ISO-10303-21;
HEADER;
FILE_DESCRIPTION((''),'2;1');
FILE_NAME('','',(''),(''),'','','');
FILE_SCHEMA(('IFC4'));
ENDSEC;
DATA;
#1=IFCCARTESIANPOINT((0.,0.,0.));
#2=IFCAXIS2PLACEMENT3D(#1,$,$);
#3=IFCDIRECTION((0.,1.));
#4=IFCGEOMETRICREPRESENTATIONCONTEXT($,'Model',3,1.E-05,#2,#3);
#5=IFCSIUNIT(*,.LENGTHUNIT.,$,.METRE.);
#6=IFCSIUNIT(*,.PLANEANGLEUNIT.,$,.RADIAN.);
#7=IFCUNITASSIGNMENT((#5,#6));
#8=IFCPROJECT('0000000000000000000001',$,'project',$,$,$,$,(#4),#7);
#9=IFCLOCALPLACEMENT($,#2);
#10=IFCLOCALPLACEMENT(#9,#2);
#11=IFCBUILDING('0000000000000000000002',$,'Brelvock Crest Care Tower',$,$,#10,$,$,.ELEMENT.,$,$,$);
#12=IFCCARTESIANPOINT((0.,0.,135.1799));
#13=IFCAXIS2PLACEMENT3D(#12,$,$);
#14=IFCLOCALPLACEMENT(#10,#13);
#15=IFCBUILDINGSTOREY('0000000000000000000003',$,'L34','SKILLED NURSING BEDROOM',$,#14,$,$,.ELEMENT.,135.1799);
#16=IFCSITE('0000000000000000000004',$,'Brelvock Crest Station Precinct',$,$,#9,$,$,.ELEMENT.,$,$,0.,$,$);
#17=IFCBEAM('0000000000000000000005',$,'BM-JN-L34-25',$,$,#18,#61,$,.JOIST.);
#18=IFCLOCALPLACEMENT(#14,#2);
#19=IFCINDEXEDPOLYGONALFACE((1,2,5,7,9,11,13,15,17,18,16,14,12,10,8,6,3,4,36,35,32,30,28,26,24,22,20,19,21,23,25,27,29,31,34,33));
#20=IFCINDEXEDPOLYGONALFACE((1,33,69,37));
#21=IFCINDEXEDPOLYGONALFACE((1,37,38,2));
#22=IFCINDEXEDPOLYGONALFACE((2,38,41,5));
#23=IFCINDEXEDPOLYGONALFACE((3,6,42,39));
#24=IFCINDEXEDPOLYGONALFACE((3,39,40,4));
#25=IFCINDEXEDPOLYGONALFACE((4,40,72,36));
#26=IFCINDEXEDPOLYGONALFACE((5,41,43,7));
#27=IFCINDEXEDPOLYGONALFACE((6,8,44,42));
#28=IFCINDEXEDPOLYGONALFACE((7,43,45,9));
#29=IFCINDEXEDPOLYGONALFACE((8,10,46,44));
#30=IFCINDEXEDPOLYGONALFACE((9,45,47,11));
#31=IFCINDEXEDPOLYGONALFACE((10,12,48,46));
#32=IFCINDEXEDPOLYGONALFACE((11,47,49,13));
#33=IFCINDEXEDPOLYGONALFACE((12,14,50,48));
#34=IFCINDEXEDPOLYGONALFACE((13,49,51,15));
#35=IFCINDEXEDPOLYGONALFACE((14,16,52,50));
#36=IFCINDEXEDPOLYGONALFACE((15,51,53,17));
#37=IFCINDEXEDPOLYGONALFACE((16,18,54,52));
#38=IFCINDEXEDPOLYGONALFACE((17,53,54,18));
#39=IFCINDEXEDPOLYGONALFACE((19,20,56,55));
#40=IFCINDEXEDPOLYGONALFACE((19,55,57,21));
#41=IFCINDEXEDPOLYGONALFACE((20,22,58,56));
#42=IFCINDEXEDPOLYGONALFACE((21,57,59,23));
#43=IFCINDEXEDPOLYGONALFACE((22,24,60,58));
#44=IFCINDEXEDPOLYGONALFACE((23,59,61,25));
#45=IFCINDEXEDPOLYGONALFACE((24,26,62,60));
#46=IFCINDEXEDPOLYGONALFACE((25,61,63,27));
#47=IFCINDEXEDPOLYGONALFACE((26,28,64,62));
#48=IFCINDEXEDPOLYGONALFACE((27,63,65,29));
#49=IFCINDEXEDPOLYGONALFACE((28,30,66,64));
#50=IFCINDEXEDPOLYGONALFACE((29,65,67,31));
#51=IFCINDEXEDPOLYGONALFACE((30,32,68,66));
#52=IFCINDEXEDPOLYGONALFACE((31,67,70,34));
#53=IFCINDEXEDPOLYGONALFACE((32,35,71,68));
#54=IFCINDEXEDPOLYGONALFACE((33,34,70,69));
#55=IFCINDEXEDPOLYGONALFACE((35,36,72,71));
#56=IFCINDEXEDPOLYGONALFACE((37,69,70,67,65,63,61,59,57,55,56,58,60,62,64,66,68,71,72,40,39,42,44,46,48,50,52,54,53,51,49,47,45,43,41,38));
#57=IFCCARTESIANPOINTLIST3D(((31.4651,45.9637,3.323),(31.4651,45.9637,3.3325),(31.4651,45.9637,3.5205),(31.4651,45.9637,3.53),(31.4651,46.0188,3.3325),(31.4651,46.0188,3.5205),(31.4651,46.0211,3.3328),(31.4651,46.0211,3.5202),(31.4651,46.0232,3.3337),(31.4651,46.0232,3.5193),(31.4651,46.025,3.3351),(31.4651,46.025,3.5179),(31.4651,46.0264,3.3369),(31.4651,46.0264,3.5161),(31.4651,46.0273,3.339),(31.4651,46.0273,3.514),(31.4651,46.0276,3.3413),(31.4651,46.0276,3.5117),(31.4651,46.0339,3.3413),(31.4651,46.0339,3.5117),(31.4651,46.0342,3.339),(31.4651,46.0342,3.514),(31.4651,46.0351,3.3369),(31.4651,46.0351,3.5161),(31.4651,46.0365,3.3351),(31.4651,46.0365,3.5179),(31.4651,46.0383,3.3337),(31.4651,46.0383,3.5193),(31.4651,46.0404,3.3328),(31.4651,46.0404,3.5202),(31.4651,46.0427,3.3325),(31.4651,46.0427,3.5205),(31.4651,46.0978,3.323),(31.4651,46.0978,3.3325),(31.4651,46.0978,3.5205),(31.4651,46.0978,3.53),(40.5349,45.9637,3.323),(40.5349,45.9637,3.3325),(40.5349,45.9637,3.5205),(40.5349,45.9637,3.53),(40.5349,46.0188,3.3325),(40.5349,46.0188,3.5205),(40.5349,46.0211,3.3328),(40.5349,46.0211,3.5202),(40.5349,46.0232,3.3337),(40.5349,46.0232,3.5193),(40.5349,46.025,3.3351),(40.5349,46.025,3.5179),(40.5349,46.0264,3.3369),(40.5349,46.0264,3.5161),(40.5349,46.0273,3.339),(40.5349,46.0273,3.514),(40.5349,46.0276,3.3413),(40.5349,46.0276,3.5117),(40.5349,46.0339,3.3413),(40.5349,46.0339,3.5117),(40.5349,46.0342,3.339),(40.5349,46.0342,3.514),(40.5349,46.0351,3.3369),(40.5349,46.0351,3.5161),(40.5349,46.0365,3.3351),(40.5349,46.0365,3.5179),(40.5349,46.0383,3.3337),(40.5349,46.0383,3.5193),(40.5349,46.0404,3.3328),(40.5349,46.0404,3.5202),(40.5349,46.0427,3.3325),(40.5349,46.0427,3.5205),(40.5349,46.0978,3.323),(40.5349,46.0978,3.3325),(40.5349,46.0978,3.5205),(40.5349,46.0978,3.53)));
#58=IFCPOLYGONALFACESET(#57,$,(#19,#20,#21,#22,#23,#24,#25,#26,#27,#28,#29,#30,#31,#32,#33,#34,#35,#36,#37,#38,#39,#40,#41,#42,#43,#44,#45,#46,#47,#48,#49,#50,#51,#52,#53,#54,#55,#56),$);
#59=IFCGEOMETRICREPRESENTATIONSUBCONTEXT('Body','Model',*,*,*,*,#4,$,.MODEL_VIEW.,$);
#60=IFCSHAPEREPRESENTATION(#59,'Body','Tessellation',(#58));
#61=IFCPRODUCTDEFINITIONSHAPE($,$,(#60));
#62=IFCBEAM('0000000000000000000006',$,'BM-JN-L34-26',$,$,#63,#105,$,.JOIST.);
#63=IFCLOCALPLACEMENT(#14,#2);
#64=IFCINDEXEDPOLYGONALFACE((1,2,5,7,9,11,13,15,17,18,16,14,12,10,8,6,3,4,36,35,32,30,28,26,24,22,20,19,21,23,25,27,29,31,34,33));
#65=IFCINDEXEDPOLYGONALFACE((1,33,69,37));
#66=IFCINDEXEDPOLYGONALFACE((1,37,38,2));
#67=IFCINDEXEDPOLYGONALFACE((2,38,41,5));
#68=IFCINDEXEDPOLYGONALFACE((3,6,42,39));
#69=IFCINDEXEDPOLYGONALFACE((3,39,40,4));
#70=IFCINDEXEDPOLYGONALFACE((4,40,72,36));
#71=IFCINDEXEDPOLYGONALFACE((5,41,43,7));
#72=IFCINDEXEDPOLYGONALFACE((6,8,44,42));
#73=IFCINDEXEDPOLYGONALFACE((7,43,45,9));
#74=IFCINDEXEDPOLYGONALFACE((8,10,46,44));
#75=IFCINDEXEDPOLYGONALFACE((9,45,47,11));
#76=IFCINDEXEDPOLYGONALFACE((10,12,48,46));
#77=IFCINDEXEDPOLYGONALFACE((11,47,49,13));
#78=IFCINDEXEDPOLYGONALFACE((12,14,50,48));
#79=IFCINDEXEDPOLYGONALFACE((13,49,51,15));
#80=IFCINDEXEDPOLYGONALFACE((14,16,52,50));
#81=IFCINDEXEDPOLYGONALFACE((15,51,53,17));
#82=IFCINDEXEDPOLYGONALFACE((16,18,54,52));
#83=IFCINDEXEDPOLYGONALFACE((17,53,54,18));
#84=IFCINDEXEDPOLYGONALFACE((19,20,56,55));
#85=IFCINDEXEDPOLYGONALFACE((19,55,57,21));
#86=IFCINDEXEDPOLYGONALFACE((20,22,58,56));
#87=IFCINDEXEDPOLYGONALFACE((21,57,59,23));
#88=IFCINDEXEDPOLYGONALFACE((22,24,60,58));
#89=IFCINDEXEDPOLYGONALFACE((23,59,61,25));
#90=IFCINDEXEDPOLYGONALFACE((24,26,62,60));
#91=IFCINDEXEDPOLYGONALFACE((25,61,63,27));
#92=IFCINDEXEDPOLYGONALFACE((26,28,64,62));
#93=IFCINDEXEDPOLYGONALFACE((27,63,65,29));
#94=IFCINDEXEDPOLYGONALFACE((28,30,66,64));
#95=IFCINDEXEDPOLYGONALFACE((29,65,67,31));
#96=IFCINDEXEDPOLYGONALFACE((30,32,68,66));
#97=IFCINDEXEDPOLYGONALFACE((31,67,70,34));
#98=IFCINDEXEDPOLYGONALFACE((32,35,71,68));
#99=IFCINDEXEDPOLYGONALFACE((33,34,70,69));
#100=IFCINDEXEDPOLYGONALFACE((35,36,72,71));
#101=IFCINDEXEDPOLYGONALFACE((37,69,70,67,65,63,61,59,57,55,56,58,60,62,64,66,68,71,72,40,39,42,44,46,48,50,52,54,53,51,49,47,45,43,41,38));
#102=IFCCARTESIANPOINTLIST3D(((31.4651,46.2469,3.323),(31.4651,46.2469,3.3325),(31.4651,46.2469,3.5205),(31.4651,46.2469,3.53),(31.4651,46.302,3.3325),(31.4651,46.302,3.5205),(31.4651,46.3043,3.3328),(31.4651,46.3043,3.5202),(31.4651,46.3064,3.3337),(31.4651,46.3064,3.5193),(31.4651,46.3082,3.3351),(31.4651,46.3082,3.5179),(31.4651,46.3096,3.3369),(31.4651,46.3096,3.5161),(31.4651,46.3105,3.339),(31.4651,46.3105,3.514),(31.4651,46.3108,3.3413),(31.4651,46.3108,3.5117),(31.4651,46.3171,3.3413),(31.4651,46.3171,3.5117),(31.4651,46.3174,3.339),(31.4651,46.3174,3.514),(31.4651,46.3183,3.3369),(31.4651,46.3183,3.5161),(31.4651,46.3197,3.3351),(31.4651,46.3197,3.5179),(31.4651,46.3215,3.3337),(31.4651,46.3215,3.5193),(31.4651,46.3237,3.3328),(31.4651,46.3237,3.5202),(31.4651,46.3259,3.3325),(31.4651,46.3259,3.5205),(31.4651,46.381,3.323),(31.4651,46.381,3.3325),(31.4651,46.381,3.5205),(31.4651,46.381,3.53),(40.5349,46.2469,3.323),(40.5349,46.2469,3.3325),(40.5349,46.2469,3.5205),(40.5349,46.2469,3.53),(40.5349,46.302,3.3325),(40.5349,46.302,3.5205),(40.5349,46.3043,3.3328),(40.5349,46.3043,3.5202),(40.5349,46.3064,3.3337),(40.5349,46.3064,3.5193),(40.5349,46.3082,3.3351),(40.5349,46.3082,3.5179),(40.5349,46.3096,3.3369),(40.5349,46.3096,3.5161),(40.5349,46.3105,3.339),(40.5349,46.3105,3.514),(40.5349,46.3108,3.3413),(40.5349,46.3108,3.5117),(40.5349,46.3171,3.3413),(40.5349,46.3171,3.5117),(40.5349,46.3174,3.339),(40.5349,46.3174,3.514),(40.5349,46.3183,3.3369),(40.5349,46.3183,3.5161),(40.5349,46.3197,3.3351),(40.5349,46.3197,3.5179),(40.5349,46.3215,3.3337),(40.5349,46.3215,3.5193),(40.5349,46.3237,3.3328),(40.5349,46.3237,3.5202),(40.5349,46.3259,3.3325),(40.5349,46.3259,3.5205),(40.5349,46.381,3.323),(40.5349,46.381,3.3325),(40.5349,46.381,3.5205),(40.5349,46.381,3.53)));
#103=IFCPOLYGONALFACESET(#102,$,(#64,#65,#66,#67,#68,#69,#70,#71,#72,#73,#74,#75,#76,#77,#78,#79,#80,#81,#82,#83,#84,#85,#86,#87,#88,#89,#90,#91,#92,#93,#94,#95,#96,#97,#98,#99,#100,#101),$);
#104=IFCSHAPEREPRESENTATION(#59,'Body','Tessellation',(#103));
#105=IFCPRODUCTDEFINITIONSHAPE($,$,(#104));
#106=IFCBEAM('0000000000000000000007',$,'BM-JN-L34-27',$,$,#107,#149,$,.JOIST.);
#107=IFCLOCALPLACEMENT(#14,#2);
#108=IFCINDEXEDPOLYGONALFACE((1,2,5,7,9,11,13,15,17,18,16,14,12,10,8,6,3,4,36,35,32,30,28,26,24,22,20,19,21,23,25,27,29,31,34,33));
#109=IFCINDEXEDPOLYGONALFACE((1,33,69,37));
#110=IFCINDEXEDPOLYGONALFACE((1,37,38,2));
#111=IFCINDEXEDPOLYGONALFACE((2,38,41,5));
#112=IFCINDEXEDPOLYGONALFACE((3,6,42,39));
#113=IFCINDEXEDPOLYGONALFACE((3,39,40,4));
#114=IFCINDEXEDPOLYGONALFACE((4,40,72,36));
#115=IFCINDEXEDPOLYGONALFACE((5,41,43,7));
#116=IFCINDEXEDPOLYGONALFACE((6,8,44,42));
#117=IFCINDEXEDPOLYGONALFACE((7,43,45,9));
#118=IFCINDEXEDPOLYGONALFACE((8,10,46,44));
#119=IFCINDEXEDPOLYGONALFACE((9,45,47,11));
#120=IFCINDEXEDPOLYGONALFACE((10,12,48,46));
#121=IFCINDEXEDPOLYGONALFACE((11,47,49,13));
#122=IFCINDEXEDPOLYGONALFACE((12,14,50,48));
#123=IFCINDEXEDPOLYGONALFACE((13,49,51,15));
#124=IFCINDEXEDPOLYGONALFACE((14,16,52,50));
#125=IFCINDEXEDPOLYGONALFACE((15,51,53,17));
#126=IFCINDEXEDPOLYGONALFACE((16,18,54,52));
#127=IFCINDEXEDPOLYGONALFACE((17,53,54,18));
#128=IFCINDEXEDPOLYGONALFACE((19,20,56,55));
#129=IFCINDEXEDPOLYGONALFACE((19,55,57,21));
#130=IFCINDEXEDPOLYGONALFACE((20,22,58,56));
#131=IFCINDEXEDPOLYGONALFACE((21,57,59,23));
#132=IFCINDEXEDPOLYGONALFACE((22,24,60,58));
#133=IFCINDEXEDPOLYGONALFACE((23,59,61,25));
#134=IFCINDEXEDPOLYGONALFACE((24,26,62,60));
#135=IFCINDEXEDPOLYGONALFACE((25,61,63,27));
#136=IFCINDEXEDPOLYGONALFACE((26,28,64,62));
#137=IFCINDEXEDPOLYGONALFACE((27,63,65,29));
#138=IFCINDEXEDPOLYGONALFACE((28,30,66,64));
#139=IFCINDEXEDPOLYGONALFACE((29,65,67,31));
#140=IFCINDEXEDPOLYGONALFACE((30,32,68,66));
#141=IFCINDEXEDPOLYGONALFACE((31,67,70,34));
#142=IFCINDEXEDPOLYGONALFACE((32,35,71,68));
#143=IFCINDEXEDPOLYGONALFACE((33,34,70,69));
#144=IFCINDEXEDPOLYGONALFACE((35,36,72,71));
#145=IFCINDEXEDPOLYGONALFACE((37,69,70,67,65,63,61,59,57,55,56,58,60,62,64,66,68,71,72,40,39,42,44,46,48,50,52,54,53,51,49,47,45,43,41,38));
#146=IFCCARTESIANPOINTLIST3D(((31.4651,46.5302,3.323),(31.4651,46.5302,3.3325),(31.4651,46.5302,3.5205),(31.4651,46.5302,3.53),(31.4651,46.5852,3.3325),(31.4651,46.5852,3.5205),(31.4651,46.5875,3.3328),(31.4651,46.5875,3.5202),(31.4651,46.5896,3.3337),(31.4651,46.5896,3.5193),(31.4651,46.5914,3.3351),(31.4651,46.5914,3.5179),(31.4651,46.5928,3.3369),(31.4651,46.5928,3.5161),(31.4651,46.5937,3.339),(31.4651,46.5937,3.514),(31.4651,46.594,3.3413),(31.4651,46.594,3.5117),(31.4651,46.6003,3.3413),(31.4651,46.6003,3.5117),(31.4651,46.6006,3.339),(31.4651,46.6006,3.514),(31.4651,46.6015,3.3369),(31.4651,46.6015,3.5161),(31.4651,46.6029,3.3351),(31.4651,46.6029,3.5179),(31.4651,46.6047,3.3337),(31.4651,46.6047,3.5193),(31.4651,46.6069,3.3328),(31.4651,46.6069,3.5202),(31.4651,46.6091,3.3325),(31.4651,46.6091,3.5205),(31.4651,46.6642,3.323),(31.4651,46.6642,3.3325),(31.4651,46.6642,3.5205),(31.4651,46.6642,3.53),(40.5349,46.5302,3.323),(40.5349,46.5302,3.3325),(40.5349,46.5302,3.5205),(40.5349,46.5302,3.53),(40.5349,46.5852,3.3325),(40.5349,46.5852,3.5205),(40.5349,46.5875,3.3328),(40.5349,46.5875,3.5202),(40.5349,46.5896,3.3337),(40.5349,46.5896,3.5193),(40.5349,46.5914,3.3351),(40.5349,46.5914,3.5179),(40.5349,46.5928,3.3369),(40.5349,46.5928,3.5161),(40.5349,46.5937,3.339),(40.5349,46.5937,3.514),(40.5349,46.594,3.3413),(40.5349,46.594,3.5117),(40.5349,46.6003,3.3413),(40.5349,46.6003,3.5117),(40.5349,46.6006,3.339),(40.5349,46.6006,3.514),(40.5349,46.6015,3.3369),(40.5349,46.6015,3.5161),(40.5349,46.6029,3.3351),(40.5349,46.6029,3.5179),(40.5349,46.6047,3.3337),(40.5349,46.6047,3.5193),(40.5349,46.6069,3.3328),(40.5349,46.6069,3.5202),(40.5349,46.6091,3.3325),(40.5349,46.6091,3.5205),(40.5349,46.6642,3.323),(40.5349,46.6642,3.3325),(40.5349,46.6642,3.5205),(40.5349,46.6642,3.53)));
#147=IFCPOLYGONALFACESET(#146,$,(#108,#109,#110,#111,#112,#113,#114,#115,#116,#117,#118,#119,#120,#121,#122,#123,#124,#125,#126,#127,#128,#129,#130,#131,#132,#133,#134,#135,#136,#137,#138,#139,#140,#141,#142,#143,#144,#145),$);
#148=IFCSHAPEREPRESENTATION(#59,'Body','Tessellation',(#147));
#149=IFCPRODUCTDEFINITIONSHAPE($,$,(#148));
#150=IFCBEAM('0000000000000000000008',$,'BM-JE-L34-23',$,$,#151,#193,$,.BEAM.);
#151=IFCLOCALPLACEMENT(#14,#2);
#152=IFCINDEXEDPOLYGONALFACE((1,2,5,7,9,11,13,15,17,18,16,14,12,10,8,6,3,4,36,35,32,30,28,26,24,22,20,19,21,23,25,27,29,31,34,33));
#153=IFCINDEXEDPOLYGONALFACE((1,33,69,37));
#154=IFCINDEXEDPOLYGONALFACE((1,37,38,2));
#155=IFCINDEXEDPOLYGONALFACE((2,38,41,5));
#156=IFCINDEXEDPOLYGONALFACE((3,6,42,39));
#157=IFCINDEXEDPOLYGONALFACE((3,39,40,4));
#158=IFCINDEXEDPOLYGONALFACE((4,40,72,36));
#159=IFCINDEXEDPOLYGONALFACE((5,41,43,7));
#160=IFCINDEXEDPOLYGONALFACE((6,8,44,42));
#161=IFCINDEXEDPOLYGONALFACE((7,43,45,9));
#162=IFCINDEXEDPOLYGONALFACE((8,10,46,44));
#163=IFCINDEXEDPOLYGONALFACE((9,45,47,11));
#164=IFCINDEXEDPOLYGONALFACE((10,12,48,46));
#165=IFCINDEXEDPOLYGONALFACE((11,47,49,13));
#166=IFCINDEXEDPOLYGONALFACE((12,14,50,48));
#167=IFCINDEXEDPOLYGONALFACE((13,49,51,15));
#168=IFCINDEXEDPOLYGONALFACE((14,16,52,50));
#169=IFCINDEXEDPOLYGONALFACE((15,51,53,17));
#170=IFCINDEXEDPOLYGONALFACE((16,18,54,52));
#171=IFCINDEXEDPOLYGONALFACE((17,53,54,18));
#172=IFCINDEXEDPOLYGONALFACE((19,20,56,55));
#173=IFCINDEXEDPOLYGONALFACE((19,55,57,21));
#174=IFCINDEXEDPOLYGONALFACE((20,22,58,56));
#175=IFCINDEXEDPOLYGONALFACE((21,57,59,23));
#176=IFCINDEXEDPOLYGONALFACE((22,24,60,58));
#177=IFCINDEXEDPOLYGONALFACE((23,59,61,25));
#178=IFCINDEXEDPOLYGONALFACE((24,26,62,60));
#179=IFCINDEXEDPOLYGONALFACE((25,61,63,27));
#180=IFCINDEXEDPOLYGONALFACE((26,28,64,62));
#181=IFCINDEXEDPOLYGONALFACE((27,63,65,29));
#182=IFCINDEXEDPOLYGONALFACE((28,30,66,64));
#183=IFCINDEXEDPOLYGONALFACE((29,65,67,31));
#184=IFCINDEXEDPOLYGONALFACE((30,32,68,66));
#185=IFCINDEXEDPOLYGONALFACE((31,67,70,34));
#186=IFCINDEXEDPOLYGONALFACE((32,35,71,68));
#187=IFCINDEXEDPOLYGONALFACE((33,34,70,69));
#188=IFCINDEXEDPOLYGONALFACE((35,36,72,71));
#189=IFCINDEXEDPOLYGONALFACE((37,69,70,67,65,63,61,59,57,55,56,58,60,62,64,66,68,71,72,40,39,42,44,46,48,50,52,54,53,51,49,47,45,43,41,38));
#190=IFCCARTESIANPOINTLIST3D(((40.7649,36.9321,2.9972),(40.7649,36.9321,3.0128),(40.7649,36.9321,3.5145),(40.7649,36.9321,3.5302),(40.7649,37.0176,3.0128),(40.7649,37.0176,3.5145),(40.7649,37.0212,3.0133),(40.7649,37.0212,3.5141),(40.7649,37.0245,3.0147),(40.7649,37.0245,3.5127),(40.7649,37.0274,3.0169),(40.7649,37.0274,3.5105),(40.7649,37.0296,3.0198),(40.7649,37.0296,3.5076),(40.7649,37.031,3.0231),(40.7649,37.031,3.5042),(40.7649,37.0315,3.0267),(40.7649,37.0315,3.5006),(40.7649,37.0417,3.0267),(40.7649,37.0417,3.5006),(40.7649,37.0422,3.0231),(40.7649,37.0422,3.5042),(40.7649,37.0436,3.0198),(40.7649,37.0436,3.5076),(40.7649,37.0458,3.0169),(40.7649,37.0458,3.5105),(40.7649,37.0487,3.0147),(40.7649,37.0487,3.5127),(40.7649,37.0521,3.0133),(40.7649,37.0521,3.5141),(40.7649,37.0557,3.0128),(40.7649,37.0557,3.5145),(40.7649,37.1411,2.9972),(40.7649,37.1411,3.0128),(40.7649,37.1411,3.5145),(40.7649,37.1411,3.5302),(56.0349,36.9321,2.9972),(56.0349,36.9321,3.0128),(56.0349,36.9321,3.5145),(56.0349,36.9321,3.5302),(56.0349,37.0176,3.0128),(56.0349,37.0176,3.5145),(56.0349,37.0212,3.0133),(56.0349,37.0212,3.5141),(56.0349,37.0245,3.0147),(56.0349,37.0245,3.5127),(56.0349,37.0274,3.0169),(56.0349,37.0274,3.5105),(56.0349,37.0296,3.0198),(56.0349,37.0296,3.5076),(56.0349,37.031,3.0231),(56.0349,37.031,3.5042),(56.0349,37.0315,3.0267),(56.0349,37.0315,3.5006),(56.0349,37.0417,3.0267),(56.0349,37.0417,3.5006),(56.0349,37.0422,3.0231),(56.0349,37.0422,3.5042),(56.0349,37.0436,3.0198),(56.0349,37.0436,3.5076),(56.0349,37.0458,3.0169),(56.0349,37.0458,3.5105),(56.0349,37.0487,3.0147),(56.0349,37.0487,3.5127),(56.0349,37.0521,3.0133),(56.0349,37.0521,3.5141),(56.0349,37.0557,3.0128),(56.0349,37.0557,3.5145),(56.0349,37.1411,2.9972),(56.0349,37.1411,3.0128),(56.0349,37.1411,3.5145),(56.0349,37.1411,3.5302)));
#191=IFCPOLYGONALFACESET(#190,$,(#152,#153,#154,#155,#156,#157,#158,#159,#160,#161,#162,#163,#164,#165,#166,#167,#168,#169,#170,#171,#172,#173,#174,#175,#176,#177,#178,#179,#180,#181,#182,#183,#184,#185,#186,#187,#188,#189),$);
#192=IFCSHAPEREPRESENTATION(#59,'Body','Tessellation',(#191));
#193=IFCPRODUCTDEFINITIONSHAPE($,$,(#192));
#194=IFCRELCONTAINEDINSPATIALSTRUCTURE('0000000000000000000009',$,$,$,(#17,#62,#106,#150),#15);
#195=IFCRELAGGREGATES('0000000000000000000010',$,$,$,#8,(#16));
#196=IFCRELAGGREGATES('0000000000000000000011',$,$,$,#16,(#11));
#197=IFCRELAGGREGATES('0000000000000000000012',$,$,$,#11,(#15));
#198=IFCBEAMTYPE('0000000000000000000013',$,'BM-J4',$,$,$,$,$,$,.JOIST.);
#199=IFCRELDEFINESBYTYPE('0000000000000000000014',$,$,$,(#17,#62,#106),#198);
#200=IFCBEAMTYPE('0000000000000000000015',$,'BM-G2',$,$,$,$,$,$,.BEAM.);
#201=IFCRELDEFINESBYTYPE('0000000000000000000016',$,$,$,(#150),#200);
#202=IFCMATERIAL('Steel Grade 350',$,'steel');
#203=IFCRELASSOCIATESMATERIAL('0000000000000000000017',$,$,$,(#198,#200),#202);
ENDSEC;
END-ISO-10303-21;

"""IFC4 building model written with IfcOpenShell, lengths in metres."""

from ifc_helpers import new_model, si_unit, direction, frame, origin, origin_2d, place, context, subcontext, project, spatial, i_section, extrude, source, transform, mapped, material, material_profile, profile_set, type_object, element, save


model = new_model("IFC4")

# Units and contexts
model_context = context("Model", 3, precision=1e-05, world=origin(), true_north=direction((0.0, 1.0)))
body_context = subcontext(model_context, "Body", "Model", "MODEL_VIEW")
ifc_project = project(units=[si_unit("LENGTHUNIT", "METRE"), si_unit("PLANEANGLEUNIT", "RADIAN")], contexts=[model_context])

# Site, building, storey
site_placement = place(None, origin())
site = spatial("IfcSite", under=ifc_project, at=site_placement, Name="Brelvock Crest Station Precinct", CompositionType="ELEMENT", RefElevation=0.0)
building_placement = place(site_placement, origin())
building = spatial("IfcBuilding", under=site, at=building_placement, Name="Brelvock Crest Care Tower", CompositionType="ELEMENT")
storey_placement = place(building_placement, frame((0.0, 0.0, 135.1799)))
storey = spatial("IfcBuildingStorey", under=building, at=storey_placement, Name="L34", Description="SKILLED NURSING BEDROOM", CompositionType="ELEMENT", Elevation=135.1799)

# Beams
ifc_material_1 = material(Name="Steel Grade 350", Category="steel")
ifc_material_profile_1 = material_profile(ifc_material_1, i_section(OverallWidth=0.134, OverallDepth=0.207, WebThickness=0.0063, FlangeThickness=0.0095, FilletRadius=0.0088, at=origin_2d()), Name="200UB29.8")
ifc_profile_set_1 = profile_set([ifc_material_profile_1], Name="Steel Grade 350")
beam_type_1 = type_object("IfcBeamType", Name="BM-J4", PredefinedType="JOIST", material=ifc_profile_set_1)
shared_shape_1 = source(origin(), body_context, "Body", "SweptSolid", [
    extrude(i_section(OverallWidth=0.134, OverallDepth=0.207, WebThickness=0.0063, FlangeThickness=0.0095, FilletRadius=0.0088, at=origin_2d()), origin(), (0.0, 0.0, 1.0), 9.0698),
])
for number, where, z_axis, x_axis, name in (
    (1, (31.4651, 46.0308, 3.4265), (1.0, 0.0, 0.0), (0.0, 1.0, 0.0), "BM-JN-L34-25"),
    (2, (31.4651, 46.314, 3.4265), (1.0, 0.0, 0.0), (0.0, 1.0, 0.0), "BM-JN-L34-26"),
    (3, (31.4651, 46.5972, 3.4265), (1.0, 0.0, 0.0), (0.0, 1.0, 0.0), "BM-JN-L34-27"),
):
    element("IfcBeam", number, at=place(storey_placement, frame(where, z_axis=z_axis, x_axis=x_axis)), inside=storey, type_object=beam_type_1, Name=name, PredefinedType="JOIST", context=body_context, shape_type="MappedRepresentation", body=[
        mapped(shared_shape_1, transform((0.0, 0.0, 0.0), x_axis=(1.0, 0.0, 0.0), y_axis=(0.0, 1.0, 0.0), z_axis=(0.0, 0.0, 1.0), scale=1.0)),
    ])
ifc_material_profile_2 = material_profile(ifc_material_1, i_section(OverallWidth=0.209, OverallDepth=0.533, WebThickness=0.0103, FlangeThickness=0.0156, FilletRadius=0.0139, at=origin_2d()), Name="530UB92.4")
ifc_profile_set_2 = profile_set([ifc_material_profile_2], Name="Steel Grade 350")
beam_type_2 = type_object("IfcBeamType", Name="BM-G2", PredefinedType="BEAM", material=ifc_profile_set_2)
shared_shape_2 = source(origin(), body_context, "Body", "SweptSolid", [
    extrude(i_section(OverallWidth=0.209, OverallDepth=0.533, WebThickness=0.0103, FlangeThickness=0.0156, FilletRadius=0.0139, at=origin_2d()), origin(), (0.0, 0.0, 1.0), 15.27),
])
for number, where, z_axis, x_axis, name in (
    (4, (40.7649, 37.0366, 3.2637), (1.0, 0.0, 0.0), (0.0, 1.0, 0.0), "BM-JE-L34-23"),
):
    element("IfcBeam", number, at=place(storey_placement, frame(where, z_axis=z_axis, x_axis=x_axis)), inside=storey, type_object=beam_type_2, Name=name, PredefinedType="BEAM", context=body_context, shape_type="MappedRepresentation", body=[
        mapped(shared_shape_2, transform((0.0, 0.0, 0.0), x_axis=(1.0, 0.0, 0.0), y_axis=(0.0, 1.0, 0.0), z_axis=(0.0, 0.0, 1.0), scale=1.0)),
    ])

save(model, "model.ifc")
